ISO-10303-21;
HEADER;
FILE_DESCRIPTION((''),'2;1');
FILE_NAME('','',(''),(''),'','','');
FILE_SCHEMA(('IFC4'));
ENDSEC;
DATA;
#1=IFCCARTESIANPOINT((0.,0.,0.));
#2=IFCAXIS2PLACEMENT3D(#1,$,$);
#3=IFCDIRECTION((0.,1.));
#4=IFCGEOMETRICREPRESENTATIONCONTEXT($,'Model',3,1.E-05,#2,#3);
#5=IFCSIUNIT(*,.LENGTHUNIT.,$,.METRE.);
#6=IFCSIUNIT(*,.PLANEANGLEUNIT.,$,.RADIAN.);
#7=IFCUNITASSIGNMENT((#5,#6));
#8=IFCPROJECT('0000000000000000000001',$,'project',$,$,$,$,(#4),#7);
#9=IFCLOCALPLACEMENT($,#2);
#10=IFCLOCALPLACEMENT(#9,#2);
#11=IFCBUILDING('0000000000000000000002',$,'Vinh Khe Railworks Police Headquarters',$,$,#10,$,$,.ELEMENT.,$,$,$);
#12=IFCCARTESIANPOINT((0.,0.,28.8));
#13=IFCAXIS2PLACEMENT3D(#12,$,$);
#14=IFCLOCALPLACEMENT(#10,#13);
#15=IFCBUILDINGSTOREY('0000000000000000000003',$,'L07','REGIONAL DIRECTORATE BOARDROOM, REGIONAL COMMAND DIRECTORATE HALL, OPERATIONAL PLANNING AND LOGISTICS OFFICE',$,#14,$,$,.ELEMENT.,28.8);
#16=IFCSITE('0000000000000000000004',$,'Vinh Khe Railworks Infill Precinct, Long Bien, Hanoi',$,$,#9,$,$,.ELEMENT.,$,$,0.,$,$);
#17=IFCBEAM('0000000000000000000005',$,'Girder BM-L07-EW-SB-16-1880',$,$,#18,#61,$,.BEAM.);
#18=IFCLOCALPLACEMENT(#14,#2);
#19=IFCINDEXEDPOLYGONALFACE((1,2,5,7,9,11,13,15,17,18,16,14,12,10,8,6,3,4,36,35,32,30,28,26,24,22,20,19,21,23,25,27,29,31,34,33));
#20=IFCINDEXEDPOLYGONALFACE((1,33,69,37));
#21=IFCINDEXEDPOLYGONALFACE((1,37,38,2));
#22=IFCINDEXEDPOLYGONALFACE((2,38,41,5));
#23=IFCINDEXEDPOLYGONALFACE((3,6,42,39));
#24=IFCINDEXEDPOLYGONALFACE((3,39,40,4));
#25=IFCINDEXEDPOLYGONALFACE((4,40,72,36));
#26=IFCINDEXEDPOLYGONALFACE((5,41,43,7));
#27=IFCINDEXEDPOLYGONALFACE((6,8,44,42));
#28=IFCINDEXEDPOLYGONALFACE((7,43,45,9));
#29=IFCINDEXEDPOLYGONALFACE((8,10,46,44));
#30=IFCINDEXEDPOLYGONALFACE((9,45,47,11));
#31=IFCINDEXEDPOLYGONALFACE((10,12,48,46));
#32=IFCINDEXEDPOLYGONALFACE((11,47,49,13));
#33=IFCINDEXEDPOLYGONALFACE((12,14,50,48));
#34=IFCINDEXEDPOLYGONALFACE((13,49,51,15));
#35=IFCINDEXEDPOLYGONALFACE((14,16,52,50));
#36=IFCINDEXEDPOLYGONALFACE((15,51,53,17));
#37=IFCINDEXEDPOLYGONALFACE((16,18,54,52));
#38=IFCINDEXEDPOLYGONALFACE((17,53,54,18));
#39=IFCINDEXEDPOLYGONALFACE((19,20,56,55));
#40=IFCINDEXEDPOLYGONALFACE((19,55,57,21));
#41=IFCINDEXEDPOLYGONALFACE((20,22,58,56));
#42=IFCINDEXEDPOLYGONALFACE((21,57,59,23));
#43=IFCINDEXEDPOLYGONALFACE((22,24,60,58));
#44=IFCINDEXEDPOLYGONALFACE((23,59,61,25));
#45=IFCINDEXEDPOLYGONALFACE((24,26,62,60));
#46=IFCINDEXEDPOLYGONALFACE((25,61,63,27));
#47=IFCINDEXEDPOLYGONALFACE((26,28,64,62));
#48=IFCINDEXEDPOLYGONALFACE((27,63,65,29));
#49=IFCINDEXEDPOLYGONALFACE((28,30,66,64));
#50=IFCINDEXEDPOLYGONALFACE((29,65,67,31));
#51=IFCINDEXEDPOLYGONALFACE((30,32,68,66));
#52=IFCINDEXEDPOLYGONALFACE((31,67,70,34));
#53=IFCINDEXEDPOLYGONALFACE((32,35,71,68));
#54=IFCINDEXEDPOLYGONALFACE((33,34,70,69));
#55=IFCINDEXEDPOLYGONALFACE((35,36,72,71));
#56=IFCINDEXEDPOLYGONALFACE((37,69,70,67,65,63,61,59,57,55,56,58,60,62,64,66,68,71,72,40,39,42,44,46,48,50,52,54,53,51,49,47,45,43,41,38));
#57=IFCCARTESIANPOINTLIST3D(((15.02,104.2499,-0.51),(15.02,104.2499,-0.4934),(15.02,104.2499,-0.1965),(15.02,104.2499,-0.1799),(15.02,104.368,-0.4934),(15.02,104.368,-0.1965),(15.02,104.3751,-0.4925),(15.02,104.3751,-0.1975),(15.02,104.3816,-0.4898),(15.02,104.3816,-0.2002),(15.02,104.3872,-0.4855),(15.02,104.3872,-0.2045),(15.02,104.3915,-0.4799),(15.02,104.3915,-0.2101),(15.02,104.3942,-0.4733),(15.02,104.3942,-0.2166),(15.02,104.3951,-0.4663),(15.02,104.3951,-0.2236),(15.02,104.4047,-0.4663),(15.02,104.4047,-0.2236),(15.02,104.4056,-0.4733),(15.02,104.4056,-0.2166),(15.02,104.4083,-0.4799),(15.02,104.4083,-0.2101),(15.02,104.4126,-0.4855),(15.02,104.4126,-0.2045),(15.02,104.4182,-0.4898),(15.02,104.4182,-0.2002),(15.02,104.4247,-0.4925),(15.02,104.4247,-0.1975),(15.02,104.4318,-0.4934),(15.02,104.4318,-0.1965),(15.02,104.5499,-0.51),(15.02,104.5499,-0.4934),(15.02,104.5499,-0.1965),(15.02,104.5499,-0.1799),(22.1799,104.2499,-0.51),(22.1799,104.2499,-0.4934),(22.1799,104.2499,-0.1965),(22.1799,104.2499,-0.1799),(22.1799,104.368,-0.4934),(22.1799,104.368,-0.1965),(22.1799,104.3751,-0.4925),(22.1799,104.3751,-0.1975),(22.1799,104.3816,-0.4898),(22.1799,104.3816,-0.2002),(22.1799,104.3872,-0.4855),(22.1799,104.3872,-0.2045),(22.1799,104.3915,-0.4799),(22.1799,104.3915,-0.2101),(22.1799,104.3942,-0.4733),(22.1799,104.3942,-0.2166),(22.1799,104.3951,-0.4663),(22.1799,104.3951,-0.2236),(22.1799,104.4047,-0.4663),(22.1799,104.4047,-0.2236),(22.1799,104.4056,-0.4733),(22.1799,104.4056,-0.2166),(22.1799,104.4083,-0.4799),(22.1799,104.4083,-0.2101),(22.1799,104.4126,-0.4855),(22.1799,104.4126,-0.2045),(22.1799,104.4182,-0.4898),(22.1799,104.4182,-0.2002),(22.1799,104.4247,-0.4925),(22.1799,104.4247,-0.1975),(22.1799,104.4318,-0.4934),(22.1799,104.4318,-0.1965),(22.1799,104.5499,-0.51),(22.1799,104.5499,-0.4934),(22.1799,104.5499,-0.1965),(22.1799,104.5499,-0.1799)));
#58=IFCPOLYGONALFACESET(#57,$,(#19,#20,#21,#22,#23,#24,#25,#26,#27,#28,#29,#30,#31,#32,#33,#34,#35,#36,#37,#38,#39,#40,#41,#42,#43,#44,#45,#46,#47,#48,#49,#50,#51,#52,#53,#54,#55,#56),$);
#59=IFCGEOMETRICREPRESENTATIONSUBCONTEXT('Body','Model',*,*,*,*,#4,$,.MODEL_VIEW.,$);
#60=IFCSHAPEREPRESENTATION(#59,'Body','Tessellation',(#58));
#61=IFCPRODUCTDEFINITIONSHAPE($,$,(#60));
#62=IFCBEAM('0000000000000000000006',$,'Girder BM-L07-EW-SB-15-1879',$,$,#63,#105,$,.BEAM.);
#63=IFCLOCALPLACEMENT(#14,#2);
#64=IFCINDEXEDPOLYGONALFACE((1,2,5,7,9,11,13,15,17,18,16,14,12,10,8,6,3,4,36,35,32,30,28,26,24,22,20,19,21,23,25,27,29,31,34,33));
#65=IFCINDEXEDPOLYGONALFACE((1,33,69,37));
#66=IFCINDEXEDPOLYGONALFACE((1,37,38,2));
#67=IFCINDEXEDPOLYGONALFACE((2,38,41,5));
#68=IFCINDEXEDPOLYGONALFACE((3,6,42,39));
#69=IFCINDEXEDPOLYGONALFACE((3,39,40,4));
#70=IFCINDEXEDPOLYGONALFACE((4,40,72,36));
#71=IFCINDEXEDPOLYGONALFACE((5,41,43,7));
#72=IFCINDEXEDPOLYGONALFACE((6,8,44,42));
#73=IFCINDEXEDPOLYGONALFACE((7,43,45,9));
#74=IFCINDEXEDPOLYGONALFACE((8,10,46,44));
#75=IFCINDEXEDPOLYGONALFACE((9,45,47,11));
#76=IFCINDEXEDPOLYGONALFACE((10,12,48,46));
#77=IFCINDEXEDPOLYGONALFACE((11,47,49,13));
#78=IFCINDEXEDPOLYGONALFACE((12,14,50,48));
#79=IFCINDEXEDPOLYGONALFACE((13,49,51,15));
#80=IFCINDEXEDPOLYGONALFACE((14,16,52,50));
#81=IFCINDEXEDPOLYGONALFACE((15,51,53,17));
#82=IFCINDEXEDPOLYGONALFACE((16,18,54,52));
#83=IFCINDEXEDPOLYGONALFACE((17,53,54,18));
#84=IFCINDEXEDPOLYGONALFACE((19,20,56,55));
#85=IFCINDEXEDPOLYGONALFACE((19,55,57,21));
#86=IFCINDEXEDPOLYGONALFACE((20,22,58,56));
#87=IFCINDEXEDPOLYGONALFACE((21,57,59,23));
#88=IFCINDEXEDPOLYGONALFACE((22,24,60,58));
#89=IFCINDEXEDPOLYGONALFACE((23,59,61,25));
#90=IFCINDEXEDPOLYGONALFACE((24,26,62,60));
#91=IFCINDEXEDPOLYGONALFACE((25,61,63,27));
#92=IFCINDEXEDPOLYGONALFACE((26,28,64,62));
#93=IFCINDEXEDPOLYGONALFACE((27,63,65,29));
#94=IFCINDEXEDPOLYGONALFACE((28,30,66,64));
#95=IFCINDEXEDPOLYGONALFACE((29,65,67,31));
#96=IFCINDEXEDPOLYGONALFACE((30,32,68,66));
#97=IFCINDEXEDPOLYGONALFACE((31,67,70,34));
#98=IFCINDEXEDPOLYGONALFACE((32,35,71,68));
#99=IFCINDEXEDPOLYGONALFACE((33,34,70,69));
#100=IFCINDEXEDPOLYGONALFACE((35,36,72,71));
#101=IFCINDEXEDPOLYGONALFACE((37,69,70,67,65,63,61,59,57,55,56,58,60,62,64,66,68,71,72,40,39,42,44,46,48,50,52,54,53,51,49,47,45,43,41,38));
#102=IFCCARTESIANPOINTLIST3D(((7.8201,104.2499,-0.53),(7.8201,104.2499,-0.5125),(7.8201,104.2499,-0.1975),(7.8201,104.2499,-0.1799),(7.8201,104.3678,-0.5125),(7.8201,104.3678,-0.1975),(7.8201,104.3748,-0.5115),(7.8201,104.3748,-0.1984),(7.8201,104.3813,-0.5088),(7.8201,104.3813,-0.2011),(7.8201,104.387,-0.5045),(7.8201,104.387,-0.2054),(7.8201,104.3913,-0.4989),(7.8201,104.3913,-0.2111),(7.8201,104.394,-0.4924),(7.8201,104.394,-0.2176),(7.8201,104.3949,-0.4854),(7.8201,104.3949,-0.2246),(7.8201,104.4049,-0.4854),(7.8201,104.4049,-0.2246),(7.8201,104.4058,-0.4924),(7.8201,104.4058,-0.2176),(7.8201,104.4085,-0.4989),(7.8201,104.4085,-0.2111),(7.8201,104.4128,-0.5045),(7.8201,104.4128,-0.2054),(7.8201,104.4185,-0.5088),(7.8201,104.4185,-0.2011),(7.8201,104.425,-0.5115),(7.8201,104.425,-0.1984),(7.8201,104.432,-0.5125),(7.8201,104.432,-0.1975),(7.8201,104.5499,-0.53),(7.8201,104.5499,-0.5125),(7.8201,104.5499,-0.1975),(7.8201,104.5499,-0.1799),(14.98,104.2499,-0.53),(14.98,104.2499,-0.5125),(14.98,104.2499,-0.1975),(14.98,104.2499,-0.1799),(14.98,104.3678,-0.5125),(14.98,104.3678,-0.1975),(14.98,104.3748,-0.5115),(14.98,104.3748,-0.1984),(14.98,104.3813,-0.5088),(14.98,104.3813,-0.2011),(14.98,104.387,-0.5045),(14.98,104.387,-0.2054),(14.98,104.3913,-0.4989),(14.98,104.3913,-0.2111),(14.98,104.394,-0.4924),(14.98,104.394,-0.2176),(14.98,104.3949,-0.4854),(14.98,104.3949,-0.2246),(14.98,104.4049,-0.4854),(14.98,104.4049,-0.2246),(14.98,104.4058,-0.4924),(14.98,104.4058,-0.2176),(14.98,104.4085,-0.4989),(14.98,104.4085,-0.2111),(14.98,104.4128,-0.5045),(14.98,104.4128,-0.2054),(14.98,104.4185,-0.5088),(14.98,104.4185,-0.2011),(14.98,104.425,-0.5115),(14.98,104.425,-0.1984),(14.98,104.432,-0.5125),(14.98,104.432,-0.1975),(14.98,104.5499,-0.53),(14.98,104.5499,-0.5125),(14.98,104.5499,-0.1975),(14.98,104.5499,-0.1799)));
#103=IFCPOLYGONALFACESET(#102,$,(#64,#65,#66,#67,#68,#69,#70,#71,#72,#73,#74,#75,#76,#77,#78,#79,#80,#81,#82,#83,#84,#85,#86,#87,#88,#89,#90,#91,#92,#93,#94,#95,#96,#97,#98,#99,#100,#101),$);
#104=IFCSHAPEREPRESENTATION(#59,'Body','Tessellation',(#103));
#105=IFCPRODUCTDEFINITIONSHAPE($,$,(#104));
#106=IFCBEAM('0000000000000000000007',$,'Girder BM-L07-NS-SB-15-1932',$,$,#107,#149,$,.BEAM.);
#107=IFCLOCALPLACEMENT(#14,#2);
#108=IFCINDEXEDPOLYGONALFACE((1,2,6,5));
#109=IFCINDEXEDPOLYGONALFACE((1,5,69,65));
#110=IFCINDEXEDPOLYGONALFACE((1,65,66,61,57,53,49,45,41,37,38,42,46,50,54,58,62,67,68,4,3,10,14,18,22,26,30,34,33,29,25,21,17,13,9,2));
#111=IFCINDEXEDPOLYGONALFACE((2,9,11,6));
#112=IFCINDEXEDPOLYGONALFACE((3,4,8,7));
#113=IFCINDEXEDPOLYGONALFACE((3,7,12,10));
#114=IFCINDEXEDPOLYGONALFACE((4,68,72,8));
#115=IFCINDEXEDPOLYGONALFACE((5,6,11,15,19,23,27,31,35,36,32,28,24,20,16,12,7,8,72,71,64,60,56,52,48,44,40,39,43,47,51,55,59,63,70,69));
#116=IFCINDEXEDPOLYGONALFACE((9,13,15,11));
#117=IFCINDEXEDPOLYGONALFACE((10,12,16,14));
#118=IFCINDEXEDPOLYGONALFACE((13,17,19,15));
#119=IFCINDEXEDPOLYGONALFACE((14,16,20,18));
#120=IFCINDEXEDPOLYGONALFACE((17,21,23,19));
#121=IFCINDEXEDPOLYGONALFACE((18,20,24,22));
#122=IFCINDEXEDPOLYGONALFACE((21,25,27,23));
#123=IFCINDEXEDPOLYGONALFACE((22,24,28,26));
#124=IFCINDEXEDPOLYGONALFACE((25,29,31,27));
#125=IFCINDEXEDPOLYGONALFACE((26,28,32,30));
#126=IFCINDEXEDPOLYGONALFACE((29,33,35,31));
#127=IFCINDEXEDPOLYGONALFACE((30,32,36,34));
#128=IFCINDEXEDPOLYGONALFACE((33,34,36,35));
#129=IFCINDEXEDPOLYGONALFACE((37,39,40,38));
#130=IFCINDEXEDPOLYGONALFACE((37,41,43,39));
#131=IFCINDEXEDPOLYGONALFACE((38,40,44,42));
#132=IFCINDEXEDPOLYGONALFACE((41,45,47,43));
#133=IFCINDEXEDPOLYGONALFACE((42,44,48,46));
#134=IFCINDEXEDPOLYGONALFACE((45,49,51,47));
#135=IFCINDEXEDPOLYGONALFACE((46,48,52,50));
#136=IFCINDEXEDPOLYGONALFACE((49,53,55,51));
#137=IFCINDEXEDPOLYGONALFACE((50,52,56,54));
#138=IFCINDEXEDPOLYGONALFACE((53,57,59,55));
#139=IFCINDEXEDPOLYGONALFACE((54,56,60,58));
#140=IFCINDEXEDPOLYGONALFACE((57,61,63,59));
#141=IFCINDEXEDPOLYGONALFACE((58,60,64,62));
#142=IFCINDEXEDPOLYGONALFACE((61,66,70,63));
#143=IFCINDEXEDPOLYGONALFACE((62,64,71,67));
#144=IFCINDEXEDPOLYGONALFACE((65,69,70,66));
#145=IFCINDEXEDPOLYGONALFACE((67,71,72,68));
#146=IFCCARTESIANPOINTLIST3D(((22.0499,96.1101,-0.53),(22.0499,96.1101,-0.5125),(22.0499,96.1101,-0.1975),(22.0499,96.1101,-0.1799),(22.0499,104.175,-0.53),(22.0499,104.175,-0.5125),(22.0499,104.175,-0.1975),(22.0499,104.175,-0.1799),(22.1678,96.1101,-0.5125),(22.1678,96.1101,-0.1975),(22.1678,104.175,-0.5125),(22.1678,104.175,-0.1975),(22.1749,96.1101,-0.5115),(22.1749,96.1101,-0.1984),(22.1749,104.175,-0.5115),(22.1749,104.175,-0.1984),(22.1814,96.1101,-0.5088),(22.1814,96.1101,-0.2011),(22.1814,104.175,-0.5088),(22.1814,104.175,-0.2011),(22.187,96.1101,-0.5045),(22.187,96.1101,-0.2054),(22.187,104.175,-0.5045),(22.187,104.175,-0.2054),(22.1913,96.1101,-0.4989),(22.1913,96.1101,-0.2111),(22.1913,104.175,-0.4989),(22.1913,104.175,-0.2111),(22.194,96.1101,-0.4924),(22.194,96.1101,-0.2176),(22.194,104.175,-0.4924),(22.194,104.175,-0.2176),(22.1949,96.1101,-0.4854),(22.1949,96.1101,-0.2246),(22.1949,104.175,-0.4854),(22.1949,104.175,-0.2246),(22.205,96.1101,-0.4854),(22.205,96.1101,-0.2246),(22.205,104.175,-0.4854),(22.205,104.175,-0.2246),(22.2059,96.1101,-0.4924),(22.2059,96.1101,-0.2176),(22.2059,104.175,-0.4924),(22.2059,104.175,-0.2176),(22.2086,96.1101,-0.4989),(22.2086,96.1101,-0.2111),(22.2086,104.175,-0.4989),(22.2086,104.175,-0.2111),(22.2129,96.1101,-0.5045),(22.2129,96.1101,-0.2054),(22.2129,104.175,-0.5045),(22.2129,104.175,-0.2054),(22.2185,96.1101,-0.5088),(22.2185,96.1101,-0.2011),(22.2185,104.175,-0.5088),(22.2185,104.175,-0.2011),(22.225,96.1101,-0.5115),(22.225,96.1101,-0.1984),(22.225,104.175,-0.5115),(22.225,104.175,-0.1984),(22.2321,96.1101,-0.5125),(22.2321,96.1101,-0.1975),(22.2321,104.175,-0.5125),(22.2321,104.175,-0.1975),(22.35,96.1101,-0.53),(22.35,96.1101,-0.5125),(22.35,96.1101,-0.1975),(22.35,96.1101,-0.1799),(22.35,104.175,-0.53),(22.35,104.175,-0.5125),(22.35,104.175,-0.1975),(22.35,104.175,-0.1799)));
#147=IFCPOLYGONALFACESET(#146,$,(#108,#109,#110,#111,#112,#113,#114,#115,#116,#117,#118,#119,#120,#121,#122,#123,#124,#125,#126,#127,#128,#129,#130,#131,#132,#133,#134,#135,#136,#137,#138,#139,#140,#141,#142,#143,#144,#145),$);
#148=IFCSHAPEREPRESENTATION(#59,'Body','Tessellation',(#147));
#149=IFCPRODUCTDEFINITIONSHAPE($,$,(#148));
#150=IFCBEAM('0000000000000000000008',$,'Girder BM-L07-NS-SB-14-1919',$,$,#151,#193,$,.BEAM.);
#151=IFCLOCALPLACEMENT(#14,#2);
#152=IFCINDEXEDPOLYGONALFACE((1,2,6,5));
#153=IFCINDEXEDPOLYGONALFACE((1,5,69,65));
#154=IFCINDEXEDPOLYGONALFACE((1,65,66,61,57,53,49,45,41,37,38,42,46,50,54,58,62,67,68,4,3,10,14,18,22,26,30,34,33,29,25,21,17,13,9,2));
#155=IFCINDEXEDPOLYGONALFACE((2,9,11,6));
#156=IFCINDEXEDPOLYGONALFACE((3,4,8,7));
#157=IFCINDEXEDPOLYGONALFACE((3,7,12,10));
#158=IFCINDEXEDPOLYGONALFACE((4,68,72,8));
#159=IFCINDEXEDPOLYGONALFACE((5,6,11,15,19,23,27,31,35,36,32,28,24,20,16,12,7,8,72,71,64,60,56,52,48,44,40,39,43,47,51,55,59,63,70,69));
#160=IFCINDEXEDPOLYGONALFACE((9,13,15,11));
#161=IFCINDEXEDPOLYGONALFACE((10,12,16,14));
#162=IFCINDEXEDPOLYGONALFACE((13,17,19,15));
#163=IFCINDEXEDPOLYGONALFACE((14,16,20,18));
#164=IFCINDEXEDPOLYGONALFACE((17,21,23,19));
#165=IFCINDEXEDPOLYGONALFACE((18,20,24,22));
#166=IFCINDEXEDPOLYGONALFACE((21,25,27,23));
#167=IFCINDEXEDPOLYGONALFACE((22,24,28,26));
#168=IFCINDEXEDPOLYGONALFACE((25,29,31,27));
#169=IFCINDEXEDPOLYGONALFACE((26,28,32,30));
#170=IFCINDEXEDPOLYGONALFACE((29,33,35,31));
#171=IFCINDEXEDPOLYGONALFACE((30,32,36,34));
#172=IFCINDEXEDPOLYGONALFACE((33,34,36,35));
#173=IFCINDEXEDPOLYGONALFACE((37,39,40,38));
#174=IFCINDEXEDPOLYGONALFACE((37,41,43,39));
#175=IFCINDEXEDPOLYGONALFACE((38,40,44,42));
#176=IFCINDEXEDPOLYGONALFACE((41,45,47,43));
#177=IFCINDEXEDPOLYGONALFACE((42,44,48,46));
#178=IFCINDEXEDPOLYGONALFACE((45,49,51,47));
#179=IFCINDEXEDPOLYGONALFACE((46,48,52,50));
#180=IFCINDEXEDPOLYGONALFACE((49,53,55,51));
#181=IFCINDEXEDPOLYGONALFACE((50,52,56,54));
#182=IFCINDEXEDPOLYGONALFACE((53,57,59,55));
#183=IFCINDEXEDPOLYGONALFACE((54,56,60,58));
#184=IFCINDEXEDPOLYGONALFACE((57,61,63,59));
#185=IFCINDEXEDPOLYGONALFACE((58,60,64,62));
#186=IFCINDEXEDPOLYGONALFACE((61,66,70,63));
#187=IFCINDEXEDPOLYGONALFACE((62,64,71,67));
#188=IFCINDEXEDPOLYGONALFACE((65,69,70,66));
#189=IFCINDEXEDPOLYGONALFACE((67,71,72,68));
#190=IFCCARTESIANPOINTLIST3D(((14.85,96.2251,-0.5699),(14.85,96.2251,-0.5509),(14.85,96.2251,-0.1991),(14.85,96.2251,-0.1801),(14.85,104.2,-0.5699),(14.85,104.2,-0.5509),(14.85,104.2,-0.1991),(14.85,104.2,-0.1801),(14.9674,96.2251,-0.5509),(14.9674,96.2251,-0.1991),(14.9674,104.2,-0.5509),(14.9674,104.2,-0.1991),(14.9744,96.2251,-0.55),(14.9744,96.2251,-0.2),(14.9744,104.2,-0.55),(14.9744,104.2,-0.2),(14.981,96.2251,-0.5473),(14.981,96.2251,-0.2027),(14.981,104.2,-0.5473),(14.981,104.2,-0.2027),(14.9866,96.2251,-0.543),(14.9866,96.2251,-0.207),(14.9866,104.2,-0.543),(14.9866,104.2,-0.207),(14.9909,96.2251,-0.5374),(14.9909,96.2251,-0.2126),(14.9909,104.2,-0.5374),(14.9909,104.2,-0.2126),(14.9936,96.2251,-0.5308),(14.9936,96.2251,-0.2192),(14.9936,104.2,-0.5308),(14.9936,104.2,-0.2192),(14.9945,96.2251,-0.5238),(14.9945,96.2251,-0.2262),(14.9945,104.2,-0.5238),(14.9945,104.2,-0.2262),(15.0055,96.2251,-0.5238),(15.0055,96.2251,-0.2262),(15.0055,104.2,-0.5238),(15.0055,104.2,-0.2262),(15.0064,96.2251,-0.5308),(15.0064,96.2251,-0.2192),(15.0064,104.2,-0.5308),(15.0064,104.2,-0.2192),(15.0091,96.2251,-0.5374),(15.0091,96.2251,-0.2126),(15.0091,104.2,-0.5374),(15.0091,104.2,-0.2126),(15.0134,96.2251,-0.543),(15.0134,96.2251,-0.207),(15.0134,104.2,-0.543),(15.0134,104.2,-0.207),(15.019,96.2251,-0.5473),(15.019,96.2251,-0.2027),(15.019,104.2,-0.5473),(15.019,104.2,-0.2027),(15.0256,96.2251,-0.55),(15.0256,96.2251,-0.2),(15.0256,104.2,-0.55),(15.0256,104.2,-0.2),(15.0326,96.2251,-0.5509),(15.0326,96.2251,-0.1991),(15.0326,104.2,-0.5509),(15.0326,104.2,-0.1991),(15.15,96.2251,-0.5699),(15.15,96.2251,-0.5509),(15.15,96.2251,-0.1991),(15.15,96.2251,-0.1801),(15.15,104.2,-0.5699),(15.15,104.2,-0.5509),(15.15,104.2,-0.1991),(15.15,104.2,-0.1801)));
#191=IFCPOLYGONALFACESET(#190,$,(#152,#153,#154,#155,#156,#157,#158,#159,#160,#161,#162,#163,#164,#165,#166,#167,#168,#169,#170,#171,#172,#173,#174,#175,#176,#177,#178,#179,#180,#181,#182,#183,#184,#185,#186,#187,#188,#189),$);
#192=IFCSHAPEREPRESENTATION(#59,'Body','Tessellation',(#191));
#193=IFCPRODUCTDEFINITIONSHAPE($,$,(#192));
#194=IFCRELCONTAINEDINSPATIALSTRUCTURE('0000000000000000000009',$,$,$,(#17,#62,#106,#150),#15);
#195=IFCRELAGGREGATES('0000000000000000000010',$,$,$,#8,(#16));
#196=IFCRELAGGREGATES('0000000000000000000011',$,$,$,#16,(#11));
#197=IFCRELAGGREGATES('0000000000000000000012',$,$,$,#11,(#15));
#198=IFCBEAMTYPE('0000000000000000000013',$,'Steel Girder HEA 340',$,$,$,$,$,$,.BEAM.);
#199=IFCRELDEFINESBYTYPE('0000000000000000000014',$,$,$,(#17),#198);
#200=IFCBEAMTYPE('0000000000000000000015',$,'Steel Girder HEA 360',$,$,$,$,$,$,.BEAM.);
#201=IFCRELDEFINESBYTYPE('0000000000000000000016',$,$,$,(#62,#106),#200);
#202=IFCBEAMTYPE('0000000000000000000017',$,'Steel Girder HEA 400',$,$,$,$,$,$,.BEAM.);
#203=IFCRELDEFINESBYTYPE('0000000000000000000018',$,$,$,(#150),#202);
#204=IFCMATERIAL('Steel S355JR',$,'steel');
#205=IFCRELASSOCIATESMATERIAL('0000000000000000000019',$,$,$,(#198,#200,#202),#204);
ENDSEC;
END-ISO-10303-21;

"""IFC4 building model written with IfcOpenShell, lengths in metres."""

from ifc_helpers import new_model, si_unit, direction, frame, origin, origin_2d, place, context, subcontext, project, spatial, i_section, extrude, material, material_profile, profile_set, type_object, element, save


model = new_model("IFC4")

# Units and contexts
model_context = context("Model", 3, precision=1e-05, world=origin(), true_north=direction((0.0, 1.0)))
body_context = subcontext(model_context, "Body", "Model", "MODEL_VIEW")
ifc_project = project(units=[si_unit("LENGTHUNIT", "METRE"), si_unit("PLANEANGLEUNIT", "RADIAN")], contexts=[model_context])

# Site, building, storey
site_placement = place(None, origin())
site = spatial("IfcSite", under=ifc_project, at=site_placement, Name="Vinh Khe Railworks Infill Precinct, Long Bien, Hanoi", CompositionType="ELEMENT", RefElevation=0.0)
building_placement = place(site_placement, origin())
building = spatial("IfcBuilding", under=site, at=building_placement, Name="Vinh Khe Railworks Police Headquarters", CompositionType="ELEMENT")
storey_placement = place(building_placement, frame((0.0, 0.0, 28.8)))
storey = spatial("IfcBuildingStorey", under=building, at=storey_placement, Name="L07", Description="REGIONAL DIRECTORATE BOARDROOM, REGIONAL COMMAND DIRECTORATE HALL, OPERATIONAL PLANNING AND LOGISTICS OFFICE", CompositionType="ELEMENT", Elevation=28.8)

# Shared definitions
ifc_material_1 = material(Name="Steel S355JR", Category="steel")

# Beams
ifc_material_profile_1 = material_profile(ifc_material_1, i_section(OverallWidth=0.3, OverallDepth=0.3301, WebThickness=0.0095, FlangeThickness=0.0166, FilletRadius=0.0271, at=origin_2d()), Name="HEA 340")
ifc_profile_set_1 = profile_set([ifc_material_profile_1], Name="Steel S355JR")
beam_type_1 = type_object("IfcBeamType", Name="Steel Girder HEA 340", PredefinedType="BEAM", material=ifc_profile_set_1)
beam_1_placement = place(storey_placement, frame((15.02, 104.3999, -0.345), z_axis=(1.0, 0.0, 0.0), x_axis=(0.0, 1.0, 0.0)))
element("IfcBeam", 1, at=beam_1_placement, inside=storey, type_object=beam_type_1, Name="Girder BM-L07-EW-SB-16-1880", PredefinedType="BEAM", context=body_context, shape_type="SweptSolid", body=[
    extrude(i_section(OverallWidth=0.3, OverallDepth=0.3301, WebThickness=0.0095, FlangeThickness=0.0166, FilletRadius=0.0271, at=origin_2d()), origin(), (0.0, 0.0, 1.0), 7.1599),
])
ifc_material_profile_2 = material_profile(ifc_material_1, i_section(OverallWidth=0.3, OverallDepth=0.3501, WebThickness=0.01, FlangeThickness=0.0176, FilletRadius=0.0271, at=origin_2d()), Name="HEA 360")
ifc_profile_set_2 = profile_set([ifc_material_profile_2], Name="Steel S355JR")
beam_type_2 = type_object("IfcBeamType", Name="Steel Girder HEA 360", PredefinedType="BEAM", material=ifc_profile_set_2)
beam_2_placement = place(storey_placement, frame((7.8201, 104.3999, -0.355), z_axis=(1.0, 0.0, 0.0), x_axis=(0.0, 1.0, 0.0)))
element("IfcBeam", 2, at=beam_2_placement, inside=storey, type_object=beam_type_2, Name="Girder BM-L07-EW-SB-15-1879", PredefinedType="BEAM", context=body_context, shape_type="SweptSolid", body=[
    extrude(i_section(OverallWidth=0.3, OverallDepth=0.3501, WebThickness=0.01, FlangeThickness=0.0176, FilletRadius=0.0271, at=origin_2d()), origin(), (0.0, 0.0, 1.0), 7.1599),
])
beam_3_placement = place(storey_placement, frame((22.2, 96.1101, -0.355), z_axis=(0.0, 1.0, 0.0), x_axis=(-1.0, 0.0, 0.0)))
element("IfcBeam", 3, at=beam_3_placement, inside=storey, type_object=beam_type_2, Name="Girder BM-L07-NS-SB-15-1932", PredefinedType="BEAM", context=body_context, shape_type="SweptSolid", body=[
    extrude(i_section(OverallWidth=0.3, OverallDepth=0.3501, WebThickness=0.01, FlangeThickness=0.0176, FilletRadius=0.0271, at=origin_2d()), origin(), (0.0, 0.0, 1.0), 8.0649),
])
ifc_material_profile_3 = material_profile(ifc_material_1, i_section(OverallWidth=0.3, OverallDepth=0.3899, WebThickness=0.011, FlangeThickness=0.019, FilletRadius=0.0271, at=origin_2d()), Name="HEA 400")
ifc_profile_set_3 = profile_set([ifc_material_profile_3], Name="Steel S355JR")
beam_type_3 = type_object("IfcBeamType", Name="Steel Girder HEA 400", PredefinedType="BEAM", material=ifc_profile_set_3)
beam_4_placement = place(storey_placement, frame((15.0, 96.2251, -0.375), z_axis=(0.0, 1.0, 0.0), x_axis=(-1.0, 0.0, 0.0)))
element("IfcBeam", 4, at=beam_4_placement, inside=storey, type_object=beam_type_3, Name="Girder BM-L07-NS-SB-14-1919", PredefinedType="BEAM", context=body_context, shape_type="SweptSolid", body=[
    extrude(i_section(OverallWidth=0.3, OverallDepth=0.3899, WebThickness=0.011, FlangeThickness=0.019, FilletRadius=0.0271, at=origin_2d()), origin(), (0.0, 0.0, 1.0), 7.9749),
])

save(model, "model.ifc")
